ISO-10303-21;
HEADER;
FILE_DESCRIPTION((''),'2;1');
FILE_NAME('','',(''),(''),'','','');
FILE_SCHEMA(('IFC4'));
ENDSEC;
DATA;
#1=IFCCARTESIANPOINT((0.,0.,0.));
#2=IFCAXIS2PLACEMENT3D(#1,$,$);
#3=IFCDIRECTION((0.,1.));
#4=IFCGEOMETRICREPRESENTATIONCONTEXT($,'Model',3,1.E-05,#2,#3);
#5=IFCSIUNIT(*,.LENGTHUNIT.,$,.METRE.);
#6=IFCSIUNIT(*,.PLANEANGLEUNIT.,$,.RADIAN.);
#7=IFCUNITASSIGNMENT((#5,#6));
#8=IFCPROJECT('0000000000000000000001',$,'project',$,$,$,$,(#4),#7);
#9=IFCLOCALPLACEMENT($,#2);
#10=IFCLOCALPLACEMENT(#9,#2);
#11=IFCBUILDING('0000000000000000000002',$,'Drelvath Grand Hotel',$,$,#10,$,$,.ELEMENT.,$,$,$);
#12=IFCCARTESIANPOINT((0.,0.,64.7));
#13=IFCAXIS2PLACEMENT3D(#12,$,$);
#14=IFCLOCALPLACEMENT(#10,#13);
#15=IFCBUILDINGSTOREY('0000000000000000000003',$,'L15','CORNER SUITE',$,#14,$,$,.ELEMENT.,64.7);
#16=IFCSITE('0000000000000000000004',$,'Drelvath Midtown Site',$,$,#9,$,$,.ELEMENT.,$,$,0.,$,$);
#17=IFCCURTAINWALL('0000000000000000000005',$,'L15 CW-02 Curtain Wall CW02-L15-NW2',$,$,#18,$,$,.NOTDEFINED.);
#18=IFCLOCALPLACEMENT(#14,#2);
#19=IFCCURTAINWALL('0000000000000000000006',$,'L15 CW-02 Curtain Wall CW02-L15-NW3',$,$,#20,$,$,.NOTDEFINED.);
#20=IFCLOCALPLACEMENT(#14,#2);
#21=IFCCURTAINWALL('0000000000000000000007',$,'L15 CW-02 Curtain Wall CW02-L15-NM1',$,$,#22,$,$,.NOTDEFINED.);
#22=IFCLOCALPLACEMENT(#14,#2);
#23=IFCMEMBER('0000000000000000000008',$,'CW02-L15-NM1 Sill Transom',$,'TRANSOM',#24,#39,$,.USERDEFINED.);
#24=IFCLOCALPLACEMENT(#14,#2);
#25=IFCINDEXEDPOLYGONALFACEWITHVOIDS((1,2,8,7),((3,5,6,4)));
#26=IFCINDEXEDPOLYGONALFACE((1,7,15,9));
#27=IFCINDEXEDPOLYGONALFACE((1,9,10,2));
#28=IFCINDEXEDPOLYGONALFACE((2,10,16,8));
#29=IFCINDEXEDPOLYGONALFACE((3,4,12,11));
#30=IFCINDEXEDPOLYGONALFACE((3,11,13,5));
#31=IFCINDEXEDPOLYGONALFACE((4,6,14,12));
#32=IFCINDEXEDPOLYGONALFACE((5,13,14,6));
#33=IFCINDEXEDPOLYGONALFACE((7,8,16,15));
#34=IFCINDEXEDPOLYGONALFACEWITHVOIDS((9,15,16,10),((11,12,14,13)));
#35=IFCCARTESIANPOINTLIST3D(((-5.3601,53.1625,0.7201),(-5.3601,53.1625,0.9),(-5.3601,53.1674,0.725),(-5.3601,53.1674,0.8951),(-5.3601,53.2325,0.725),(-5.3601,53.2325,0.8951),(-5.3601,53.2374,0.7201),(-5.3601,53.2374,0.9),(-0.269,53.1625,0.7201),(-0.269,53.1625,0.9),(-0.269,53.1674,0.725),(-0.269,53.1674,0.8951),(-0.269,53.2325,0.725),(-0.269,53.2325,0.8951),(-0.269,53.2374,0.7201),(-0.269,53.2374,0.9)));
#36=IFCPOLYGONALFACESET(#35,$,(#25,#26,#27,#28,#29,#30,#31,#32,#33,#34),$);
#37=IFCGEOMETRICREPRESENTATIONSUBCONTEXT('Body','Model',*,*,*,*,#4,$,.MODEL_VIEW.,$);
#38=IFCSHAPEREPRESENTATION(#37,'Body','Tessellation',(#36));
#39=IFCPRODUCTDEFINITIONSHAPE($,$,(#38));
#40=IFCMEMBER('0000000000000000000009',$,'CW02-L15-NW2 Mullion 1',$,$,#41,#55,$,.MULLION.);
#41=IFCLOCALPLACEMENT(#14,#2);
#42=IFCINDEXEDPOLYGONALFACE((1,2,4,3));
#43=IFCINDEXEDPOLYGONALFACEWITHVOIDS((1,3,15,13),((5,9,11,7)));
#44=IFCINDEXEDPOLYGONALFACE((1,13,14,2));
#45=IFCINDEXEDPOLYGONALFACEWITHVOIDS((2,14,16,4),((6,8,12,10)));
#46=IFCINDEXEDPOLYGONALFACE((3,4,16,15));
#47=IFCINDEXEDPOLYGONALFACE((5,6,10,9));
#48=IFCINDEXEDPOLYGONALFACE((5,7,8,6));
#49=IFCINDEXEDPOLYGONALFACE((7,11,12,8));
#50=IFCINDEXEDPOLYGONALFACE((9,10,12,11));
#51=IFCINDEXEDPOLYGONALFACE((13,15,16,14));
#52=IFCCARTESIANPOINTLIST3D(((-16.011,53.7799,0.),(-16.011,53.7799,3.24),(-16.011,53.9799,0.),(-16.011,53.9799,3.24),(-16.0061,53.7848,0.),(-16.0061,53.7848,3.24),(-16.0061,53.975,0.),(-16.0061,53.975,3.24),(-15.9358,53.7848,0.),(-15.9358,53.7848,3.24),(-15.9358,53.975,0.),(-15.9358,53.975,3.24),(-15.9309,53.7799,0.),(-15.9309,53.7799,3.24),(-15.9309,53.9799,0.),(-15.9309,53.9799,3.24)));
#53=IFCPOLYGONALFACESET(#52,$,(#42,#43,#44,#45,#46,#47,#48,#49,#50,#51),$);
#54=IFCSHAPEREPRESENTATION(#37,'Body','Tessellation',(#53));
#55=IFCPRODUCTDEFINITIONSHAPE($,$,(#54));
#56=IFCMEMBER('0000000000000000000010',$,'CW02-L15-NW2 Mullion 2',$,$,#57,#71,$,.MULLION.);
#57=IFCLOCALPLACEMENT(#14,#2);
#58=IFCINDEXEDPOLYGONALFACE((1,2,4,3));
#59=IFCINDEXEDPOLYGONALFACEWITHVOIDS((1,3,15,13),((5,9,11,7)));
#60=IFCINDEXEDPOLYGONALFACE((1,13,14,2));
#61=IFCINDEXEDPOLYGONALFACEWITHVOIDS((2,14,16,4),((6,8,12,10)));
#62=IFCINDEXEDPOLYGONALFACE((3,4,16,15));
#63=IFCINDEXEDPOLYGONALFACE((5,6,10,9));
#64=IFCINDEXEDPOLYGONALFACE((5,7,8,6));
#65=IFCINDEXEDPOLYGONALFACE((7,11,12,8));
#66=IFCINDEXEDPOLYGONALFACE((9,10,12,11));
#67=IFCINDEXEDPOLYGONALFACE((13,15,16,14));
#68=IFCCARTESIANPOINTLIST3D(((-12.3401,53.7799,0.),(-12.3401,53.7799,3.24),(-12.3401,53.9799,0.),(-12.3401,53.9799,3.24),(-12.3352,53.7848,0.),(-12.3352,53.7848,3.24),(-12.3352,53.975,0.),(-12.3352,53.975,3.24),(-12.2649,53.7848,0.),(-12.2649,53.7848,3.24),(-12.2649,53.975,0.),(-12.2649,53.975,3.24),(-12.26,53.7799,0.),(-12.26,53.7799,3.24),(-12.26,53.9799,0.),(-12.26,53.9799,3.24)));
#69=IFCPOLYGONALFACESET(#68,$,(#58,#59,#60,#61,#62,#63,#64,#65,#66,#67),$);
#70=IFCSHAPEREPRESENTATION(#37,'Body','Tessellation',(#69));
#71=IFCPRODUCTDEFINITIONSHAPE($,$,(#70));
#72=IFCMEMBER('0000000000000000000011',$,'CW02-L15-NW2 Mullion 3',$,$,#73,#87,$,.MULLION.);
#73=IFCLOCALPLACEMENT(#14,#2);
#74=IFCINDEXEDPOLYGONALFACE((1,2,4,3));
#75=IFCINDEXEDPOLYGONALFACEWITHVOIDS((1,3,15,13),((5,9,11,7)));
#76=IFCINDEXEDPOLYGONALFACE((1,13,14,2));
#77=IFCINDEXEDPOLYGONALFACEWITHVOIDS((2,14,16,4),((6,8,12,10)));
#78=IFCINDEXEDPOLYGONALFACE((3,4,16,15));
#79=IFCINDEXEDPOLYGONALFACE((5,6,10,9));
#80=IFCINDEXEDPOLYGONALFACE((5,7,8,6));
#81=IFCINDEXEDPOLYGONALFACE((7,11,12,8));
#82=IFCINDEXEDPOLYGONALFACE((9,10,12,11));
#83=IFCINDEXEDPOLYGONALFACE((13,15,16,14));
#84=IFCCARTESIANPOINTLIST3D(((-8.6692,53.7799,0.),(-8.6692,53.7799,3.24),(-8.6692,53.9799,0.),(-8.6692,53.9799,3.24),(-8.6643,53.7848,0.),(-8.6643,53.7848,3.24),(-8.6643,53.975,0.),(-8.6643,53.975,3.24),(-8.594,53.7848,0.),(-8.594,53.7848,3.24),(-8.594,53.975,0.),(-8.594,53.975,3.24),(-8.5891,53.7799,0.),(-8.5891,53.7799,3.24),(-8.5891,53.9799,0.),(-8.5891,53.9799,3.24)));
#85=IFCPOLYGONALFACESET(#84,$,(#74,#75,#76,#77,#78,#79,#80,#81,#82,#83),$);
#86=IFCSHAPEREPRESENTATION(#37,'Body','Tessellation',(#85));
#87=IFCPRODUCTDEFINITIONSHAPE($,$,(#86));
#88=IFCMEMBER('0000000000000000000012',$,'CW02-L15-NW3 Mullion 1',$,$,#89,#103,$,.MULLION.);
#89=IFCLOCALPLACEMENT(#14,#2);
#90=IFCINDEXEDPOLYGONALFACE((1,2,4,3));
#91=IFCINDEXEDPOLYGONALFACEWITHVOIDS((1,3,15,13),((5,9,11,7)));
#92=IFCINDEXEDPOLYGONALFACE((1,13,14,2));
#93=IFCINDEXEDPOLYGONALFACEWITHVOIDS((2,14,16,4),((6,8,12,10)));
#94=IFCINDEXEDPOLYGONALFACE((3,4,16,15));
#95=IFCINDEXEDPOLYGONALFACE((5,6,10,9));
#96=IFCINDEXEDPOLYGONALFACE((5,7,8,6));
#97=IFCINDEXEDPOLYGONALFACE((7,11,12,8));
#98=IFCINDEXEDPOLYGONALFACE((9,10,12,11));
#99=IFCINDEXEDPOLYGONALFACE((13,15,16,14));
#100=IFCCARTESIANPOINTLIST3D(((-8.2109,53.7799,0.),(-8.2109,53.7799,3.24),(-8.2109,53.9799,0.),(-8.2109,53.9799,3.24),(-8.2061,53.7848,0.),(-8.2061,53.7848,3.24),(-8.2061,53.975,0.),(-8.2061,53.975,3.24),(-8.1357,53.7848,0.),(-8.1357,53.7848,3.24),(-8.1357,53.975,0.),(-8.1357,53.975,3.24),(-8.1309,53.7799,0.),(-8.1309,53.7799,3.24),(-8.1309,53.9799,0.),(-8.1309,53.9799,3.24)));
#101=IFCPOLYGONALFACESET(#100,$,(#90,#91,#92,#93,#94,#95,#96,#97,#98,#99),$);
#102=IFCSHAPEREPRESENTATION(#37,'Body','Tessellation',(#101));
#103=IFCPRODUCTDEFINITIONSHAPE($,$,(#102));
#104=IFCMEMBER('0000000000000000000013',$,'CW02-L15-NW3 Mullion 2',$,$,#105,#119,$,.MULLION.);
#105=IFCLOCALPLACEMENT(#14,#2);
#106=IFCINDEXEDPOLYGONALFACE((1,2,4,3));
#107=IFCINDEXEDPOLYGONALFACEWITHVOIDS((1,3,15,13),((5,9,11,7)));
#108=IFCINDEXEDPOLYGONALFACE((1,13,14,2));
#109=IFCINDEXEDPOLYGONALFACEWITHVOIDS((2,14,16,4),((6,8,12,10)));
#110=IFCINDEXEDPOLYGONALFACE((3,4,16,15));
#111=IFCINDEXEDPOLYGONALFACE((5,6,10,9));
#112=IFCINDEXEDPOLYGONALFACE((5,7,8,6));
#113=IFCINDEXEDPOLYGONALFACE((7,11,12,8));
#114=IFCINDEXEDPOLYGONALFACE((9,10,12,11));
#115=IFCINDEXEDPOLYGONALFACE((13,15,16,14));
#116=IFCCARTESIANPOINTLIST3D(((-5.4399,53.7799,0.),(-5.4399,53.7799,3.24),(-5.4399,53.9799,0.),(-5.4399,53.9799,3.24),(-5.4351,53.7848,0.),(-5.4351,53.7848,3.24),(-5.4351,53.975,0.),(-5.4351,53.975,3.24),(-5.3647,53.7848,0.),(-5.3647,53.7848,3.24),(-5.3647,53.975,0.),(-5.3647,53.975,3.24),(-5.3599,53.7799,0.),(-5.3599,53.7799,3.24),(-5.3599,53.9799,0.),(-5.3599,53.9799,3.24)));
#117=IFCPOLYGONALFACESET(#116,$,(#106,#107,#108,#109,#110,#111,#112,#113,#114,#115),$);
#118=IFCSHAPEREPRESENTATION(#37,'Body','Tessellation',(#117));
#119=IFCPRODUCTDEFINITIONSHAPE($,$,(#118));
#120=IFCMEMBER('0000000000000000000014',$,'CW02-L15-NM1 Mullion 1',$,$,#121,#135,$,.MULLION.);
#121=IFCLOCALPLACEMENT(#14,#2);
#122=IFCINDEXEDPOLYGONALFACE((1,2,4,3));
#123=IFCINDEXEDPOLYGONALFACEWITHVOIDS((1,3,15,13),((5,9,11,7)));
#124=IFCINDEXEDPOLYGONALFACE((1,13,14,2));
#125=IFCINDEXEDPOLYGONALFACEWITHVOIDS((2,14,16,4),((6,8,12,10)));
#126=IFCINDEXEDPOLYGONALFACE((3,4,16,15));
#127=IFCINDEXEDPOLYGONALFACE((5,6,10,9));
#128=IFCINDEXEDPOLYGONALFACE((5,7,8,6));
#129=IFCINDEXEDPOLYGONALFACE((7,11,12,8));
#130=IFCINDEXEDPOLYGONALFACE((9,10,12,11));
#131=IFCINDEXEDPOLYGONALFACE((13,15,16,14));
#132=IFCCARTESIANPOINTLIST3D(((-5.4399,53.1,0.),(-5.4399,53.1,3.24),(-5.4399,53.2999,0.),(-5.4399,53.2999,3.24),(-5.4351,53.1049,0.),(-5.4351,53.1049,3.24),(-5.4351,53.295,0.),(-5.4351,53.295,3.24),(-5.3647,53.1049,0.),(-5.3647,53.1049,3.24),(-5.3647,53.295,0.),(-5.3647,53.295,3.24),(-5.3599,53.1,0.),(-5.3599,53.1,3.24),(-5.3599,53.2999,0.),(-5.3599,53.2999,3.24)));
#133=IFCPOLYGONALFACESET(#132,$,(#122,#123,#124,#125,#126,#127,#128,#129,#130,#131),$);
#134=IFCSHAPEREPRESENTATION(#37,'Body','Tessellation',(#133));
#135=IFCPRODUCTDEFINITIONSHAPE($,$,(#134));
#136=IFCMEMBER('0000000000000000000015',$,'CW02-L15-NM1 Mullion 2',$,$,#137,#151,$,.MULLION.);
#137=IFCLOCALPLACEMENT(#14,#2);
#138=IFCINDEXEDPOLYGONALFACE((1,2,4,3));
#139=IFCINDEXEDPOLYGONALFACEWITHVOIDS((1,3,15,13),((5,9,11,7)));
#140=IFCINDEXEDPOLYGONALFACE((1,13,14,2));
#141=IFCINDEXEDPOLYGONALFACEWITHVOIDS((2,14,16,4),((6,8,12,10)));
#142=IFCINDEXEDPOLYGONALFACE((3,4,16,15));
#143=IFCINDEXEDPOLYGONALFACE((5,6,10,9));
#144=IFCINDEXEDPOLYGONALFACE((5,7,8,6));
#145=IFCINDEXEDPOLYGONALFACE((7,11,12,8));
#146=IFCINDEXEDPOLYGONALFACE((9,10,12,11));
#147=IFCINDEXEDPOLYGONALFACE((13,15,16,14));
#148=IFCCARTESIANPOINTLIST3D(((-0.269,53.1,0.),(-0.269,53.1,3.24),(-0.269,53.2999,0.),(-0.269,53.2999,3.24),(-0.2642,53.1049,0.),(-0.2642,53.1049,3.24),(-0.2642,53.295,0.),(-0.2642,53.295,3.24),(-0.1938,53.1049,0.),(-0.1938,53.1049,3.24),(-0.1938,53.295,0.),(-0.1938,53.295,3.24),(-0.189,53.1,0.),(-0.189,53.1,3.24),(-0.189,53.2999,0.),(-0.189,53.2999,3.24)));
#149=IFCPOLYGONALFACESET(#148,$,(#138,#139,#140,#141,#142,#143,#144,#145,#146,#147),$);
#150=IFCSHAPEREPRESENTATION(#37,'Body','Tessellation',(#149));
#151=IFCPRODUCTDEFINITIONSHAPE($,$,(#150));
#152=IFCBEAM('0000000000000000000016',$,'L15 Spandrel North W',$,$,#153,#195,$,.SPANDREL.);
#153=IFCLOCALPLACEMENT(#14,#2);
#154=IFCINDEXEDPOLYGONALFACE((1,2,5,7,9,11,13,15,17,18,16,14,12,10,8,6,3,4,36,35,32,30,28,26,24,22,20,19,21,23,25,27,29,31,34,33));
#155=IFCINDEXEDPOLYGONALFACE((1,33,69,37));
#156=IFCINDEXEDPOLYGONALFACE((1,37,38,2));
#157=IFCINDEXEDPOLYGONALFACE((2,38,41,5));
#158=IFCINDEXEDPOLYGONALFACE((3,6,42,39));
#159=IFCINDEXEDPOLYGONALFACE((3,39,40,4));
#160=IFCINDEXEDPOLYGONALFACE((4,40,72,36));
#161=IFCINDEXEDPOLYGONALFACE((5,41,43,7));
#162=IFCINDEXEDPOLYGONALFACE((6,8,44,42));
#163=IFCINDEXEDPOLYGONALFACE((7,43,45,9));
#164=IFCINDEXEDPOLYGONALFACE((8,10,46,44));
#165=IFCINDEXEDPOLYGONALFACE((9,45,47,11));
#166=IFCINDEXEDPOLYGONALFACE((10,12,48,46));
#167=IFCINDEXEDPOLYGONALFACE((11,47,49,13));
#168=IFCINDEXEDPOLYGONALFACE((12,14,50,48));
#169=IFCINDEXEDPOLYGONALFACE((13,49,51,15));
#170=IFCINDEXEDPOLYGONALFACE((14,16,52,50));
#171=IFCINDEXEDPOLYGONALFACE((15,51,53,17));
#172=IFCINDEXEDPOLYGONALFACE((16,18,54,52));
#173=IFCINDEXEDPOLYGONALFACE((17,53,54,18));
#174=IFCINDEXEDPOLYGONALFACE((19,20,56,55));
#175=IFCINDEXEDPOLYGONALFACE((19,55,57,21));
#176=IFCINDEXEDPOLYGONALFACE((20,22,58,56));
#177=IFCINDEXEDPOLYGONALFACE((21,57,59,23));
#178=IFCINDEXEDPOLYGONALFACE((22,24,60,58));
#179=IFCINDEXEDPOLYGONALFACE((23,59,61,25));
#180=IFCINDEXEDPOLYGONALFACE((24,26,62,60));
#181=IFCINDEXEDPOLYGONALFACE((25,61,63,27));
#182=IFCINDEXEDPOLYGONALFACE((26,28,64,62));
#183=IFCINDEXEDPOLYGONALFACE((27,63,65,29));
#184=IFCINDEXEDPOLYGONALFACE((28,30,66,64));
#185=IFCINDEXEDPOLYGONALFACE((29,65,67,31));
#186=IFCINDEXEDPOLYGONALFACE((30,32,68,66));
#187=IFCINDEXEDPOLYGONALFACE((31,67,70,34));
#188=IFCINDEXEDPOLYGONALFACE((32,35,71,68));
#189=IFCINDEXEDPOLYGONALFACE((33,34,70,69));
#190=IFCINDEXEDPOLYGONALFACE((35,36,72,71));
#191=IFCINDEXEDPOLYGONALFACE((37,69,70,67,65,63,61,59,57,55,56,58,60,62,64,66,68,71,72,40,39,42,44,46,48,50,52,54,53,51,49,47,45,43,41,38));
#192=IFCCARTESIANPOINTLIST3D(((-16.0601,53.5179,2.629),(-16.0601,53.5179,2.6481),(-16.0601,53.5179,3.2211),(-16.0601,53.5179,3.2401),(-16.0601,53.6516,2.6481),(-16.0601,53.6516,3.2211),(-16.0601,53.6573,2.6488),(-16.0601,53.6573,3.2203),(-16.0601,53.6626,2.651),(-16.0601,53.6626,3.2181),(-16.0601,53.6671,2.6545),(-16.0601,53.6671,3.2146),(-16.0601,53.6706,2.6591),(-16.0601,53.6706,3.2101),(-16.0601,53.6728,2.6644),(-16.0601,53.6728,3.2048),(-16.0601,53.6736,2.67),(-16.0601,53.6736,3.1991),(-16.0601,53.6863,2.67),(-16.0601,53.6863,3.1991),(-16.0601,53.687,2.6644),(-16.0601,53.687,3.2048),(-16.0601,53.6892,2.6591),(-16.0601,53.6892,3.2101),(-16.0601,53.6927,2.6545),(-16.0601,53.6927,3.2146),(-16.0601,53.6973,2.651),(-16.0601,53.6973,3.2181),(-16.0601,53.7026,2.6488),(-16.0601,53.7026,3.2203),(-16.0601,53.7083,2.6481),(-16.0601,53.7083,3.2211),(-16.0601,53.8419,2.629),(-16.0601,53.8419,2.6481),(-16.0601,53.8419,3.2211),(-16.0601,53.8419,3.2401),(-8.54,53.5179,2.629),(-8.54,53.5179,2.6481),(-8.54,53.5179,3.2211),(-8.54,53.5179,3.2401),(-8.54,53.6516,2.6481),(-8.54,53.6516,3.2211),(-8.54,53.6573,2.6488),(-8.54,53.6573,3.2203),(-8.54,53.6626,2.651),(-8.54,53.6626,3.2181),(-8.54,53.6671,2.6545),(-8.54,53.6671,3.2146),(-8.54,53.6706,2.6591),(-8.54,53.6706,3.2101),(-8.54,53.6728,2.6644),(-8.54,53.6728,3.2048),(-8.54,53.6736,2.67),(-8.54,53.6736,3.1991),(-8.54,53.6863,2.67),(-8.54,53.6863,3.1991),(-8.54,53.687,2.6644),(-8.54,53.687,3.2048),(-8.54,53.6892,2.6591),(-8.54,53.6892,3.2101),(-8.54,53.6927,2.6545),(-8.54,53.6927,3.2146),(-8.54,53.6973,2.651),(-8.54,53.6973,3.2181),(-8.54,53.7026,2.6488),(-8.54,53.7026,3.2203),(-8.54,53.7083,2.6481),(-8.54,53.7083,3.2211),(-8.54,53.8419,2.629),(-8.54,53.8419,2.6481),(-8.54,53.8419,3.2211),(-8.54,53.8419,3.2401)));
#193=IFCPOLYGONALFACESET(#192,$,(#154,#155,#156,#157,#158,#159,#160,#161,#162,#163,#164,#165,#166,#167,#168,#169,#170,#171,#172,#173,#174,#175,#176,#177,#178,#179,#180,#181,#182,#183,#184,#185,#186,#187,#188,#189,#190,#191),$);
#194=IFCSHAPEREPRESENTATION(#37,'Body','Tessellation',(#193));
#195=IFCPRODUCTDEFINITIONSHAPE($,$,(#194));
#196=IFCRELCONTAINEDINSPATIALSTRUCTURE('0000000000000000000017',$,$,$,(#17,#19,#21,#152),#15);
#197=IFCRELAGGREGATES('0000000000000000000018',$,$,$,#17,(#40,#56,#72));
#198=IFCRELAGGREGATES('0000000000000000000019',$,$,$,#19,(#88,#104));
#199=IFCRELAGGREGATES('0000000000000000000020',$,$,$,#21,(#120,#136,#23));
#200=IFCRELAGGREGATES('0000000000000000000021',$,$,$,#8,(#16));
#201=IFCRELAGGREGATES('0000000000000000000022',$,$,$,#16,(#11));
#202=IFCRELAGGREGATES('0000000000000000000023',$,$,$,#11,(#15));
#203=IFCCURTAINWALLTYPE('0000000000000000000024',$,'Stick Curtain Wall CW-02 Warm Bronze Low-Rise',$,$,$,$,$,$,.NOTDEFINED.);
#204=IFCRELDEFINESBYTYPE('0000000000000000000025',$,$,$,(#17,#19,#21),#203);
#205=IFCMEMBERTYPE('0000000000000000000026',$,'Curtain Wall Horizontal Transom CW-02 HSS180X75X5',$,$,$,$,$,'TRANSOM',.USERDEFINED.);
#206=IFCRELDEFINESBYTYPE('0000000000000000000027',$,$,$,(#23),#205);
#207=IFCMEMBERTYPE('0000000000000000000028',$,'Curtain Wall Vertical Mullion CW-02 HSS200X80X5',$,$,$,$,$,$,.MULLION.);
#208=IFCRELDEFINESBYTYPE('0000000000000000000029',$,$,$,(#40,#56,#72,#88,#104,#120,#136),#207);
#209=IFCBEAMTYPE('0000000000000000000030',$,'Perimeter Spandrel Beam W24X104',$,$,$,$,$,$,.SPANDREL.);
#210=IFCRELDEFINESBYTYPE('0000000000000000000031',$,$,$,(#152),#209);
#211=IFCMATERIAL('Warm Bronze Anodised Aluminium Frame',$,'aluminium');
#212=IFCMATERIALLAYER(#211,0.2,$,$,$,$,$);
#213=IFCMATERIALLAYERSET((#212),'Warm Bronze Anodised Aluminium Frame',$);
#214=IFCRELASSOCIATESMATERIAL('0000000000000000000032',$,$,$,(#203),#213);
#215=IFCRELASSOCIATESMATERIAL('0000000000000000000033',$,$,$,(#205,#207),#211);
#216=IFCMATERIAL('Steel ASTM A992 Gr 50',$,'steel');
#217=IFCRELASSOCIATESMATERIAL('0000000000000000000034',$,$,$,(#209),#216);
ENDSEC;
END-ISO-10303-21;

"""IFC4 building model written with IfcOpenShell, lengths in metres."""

from ifc_helpers import new_model, si_unit, direction, frame, origin, origin_2d, place, context, subcontext, project, spatial, hollow_rectangle, i_section, extrude, material, layer, layer_set, material_profile, profile_set, type_object, element, aggregate, save


model = new_model("IFC4")

# Units and contexts
model_context = context("Model", 3, precision=1e-05, world=origin(), true_north=direction((0.0, 1.0)))
body_context = subcontext(model_context, "Body", "Model", "MODEL_VIEW")
ifc_project = project(units=[si_unit("LENGTHUNIT", "METRE"), si_unit("PLANEANGLEUNIT", "RADIAN")], contexts=[model_context])

# Site, building, storey
site_placement = place(None, origin())
site = spatial("IfcSite", under=ifc_project, at=site_placement, Name="Drelvath Midtown Site", CompositionType="ELEMENT", RefElevation=0.0)
building_placement = place(site_placement, origin())
building = spatial("IfcBuilding", under=site, at=building_placement, Name="Drelvath Grand Hotel", CompositionType="ELEMENT")
storey_placement = place(building_placement, frame((0.0, 0.0, 64.7)))
storey = spatial("IfcBuildingStorey", under=building, at=storey_placement, Name="L15", Description="CORNER SUITE", CompositionType="ELEMENT", Elevation=64.7)

# Curtain walls, member
ifc_material_1 = material(Name="Warm Bronze Anodised Aluminium Frame", Category="aluminium")
ifc_layer_1 = layer(ifc_material_1, 0.2)
ifc_layer_set_1 = layer_set([ifc_layer_1], Name="Warm Bronze Anodised Aluminium Frame")
curtain_wall_type = type_object("IfcCurtainWallType", Name="Stick Curtain Wall CW-02 Warm Bronze Low-Rise", PredefinedType="NOTDEFINED", material=ifc_layer_set_1)
curtain_wall_1_placement = place(storey_placement, origin())
curtain_wall_1 = element("IfcCurtainWall", 1, at=curtain_wall_1_placement, inside=storey, type_object=curtain_wall_type, Name="L15 CW-02 Curtain Wall CW02-L15-NW2", PredefinedType="NOTDEFINED")
ifc_material_profile_1 = material_profile(ifc_material_1, hollow_rectangle(XDim=0.075, YDim=0.1799, WallThickness=0.0049, at=origin_2d()), Name="HSS180X75X5")
ifc_profile_set_1 = profile_set([ifc_material_profile_1], Name="Warm Bronze Anodised Aluminium Frame")
member_type_1 = type_object("IfcMemberType", Name="Curtain Wall Horizontal Transom CW-02 HSS180X75X5", ElementType="TRANSOM", PredefinedType="USERDEFINED", material=ifc_profile_set_1)
curtain_wall_2_placement = place(storey_placement, origin())
curtain_wall_2 = element("IfcCurtainWall", 2, at=curtain_wall_2_placement, inside=storey, type_object=curtain_wall_type, Name="L15 CW-02 Curtain Wall CW02-L15-NW3", PredefinedType="NOTDEFINED")
curtain_wall_3_placement = place(storey_placement, origin())
curtain_wall_3 = element("IfcCurtainWall", 3, at=curtain_wall_3_placement, inside=storey, type_object=curtain_wall_type, Name="L15 CW-02 Curtain Wall CW02-L15-NM1", PredefinedType="NOTDEFINED")
member_1_placement = place(storey_placement, frame((-5.3601, 53.2, 0.8101), z_axis=(1.0, 0.0, 0.0), x_axis=(0.0, 1.0, 0.0)))
member_1 = element("IfcMember", 4, at=member_1_placement, type_object=member_type_1, Name="CW02-L15-NM1 Sill Transom", ObjectType="TRANSOM", PredefinedType="USERDEFINED", context=body_context, shape_type="SweptSolid", body=[
    extrude(hollow_rectangle(XDim=0.075, YDim=0.1799, WallThickness=0.0049, at=origin_2d()), origin(), (0.0, 0.0, 1.0), 5.0911),
])

# Members
ifc_material_profile_2 = material_profile(ifc_material_1, hollow_rectangle(XDim=0.0801, YDim=0.2, WallThickness=0.0049, at=origin_2d()), Name="HSS200X80X5")
ifc_profile_set_2 = profile_set([ifc_material_profile_2], Name="Warm Bronze Anodised Aluminium Frame")
member_type_2 = type_object("IfcMemberType", Name="Curtain Wall Vertical Mullion CW-02 HSS200X80X5", PredefinedType="MULLION", material=ifc_profile_set_2)
member_2_placement = place(storey_placement, frame((-15.9709, 53.8799, 0.0), z_axis=(0.0, 0.0, 1.0), x_axis=(1.0, 0.0, 0.0)))
member_2 = element("IfcMember", 5, at=member_2_placement, type_object=member_type_2, Name="CW02-L15-NW2 Mullion 1", PredefinedType="MULLION", context=body_context, shape_type="SweptSolid", body=[
    extrude(hollow_rectangle(XDim=0.0801, YDim=0.2, WallThickness=0.0049, at=origin_2d()), origin(), (0.0, 0.0, 1.0), 3.24),
])
member_3_placement = place(storey_placement, frame((-12.3, 53.8799, 0.0), z_axis=(0.0, 0.0, 1.0), x_axis=(1.0, 0.0, 0.0)))
member_3 = element("IfcMember", 6, at=member_3_placement, type_object=member_type_2, Name="CW02-L15-NW2 Mullion 2", PredefinedType="MULLION", context=body_context, shape_type="SweptSolid", body=[
    extrude(hollow_rectangle(XDim=0.0801, YDim=0.2, WallThickness=0.0049, at=origin_2d()), origin(), (0.0, 0.0, 1.0), 3.24),
])
member_4_placement = place(storey_placement, frame((-8.6292, 53.8799, 0.0), z_axis=(0.0, 0.0, 1.0), x_axis=(1.0, 0.0, 0.0)))
member_4 = element("IfcMember", 7, at=member_4_placement, type_object=member_type_2, Name="CW02-L15-NW2 Mullion 3", PredefinedType="MULLION", context=body_context, shape_type="SweptSolid", body=[
    extrude(hollow_rectangle(XDim=0.0801, YDim=0.2, WallThickness=0.0049, at=origin_2d()), origin(), (0.0, 0.0, 1.0), 3.24),
])
member_5_placement = place(storey_placement, frame((-8.1709, 53.8799, 0.0), z_axis=(0.0, 0.0, 1.0), x_axis=(1.0, 0.0, 0.0)))
member_5 = element("IfcMember", 8, at=member_5_placement, type_object=member_type_2, Name="CW02-L15-NW3 Mullion 1", PredefinedType="MULLION", context=body_context, shape_type="SweptSolid", body=[
    extrude(hollow_rectangle(XDim=0.0801, YDim=0.2, WallThickness=0.0049, at=origin_2d()), origin(), (0.0, 0.0, 1.0), 3.24),
])
member_6_placement = place(storey_placement, frame((-5.3999, 53.8799, 0.0), z_axis=(0.0, 0.0, 1.0), x_axis=(1.0, 0.0, 0.0)))
member_6 = element("IfcMember", 9, at=member_6_placement, type_object=member_type_2, Name="CW02-L15-NW3 Mullion 2", PredefinedType="MULLION", context=body_context, shape_type="SweptSolid", body=[
    extrude(hollow_rectangle(XDim=0.0801, YDim=0.2, WallThickness=0.0049, at=origin_2d()), origin(), (0.0, 0.0, 1.0), 3.24),
])
member_7_placement = place(storey_placement, frame((-5.3999, 53.2, 0.0), z_axis=(0.0, 0.0, 1.0), x_axis=(1.0, 0.0, 0.0)))
member_7 = element("IfcMember", 10, at=member_7_placement, type_object=member_type_2, Name="CW02-L15-NM1 Mullion 1", PredefinedType="MULLION", context=body_context, shape_type="SweptSolid", body=[
    extrude(hollow_rectangle(XDim=0.0801, YDim=0.2, WallThickness=0.0049, at=origin_2d()), origin(), (0.0, 0.0, 1.0), 3.24),
])
member_8_placement = place(storey_placement, frame((-0.229, 53.2, 0.0), z_axis=(0.0, 0.0, 1.0), x_axis=(1.0, 0.0, 0.0)))
member_8 = element("IfcMember", 11, at=member_8_placement, type_object=member_type_2, Name="CW02-L15-NM1 Mullion 2", PredefinedType="MULLION", context=body_context, shape_type="SweptSolid", body=[
    extrude(hollow_rectangle(XDim=0.0801, YDim=0.2, WallThickness=0.0049, at=origin_2d()), origin(), (0.0, 0.0, 1.0), 3.24),
])

# Beam
ifc_material_2 = material(Name="Steel ASTM A992 Gr 50", Category="steel")
ifc_material_profile_3 = material_profile(ifc_material_2, i_section(OverallWidth=0.324, OverallDepth=0.6111, WebThickness=0.0127, FlangeThickness=0.019, FilletRadius=0.022, at=origin_2d()), Name="W24X104")
ifc_profile_set_3 = profile_set([ifc_material_profile_3], Name="Steel ASTM A992 Gr 50")
beam_type_1 = type_object("IfcBeamType", Name="Perimeter Spandrel Beam W24X104", PredefinedType="SPANDREL", material=ifc_profile_set_3)
beam_1_placement = place(storey_placement, frame((-16.0601, 53.6799, 2.9346), z_axis=(1.0, 0.0, 0.0), x_axis=(0.0, 1.0, 0.0)))
element("IfcBeam", 12, at=beam_1_placement, inside=storey, type_object=beam_type_1, Name="L15 Spandrel North W", PredefinedType="SPANDREL", context=body_context, shape_type="SweptSolid", body=[
    extrude(i_section(OverallWidth=0.324, OverallDepth=0.6111, WebThickness=0.0127, FlangeThickness=0.019, FilletRadius=0.022, at=origin_2d()), origin(), (0.0, 0.0, 1.0), 7.52),
])

aggregate(curtain_wall_1, [member_2, member_3, member_4])
aggregate(curtain_wall_2, [member_5, member_6])
aggregate(curtain_wall_3, [member_7, member_8, member_1])

save(model, "model.ifc")
